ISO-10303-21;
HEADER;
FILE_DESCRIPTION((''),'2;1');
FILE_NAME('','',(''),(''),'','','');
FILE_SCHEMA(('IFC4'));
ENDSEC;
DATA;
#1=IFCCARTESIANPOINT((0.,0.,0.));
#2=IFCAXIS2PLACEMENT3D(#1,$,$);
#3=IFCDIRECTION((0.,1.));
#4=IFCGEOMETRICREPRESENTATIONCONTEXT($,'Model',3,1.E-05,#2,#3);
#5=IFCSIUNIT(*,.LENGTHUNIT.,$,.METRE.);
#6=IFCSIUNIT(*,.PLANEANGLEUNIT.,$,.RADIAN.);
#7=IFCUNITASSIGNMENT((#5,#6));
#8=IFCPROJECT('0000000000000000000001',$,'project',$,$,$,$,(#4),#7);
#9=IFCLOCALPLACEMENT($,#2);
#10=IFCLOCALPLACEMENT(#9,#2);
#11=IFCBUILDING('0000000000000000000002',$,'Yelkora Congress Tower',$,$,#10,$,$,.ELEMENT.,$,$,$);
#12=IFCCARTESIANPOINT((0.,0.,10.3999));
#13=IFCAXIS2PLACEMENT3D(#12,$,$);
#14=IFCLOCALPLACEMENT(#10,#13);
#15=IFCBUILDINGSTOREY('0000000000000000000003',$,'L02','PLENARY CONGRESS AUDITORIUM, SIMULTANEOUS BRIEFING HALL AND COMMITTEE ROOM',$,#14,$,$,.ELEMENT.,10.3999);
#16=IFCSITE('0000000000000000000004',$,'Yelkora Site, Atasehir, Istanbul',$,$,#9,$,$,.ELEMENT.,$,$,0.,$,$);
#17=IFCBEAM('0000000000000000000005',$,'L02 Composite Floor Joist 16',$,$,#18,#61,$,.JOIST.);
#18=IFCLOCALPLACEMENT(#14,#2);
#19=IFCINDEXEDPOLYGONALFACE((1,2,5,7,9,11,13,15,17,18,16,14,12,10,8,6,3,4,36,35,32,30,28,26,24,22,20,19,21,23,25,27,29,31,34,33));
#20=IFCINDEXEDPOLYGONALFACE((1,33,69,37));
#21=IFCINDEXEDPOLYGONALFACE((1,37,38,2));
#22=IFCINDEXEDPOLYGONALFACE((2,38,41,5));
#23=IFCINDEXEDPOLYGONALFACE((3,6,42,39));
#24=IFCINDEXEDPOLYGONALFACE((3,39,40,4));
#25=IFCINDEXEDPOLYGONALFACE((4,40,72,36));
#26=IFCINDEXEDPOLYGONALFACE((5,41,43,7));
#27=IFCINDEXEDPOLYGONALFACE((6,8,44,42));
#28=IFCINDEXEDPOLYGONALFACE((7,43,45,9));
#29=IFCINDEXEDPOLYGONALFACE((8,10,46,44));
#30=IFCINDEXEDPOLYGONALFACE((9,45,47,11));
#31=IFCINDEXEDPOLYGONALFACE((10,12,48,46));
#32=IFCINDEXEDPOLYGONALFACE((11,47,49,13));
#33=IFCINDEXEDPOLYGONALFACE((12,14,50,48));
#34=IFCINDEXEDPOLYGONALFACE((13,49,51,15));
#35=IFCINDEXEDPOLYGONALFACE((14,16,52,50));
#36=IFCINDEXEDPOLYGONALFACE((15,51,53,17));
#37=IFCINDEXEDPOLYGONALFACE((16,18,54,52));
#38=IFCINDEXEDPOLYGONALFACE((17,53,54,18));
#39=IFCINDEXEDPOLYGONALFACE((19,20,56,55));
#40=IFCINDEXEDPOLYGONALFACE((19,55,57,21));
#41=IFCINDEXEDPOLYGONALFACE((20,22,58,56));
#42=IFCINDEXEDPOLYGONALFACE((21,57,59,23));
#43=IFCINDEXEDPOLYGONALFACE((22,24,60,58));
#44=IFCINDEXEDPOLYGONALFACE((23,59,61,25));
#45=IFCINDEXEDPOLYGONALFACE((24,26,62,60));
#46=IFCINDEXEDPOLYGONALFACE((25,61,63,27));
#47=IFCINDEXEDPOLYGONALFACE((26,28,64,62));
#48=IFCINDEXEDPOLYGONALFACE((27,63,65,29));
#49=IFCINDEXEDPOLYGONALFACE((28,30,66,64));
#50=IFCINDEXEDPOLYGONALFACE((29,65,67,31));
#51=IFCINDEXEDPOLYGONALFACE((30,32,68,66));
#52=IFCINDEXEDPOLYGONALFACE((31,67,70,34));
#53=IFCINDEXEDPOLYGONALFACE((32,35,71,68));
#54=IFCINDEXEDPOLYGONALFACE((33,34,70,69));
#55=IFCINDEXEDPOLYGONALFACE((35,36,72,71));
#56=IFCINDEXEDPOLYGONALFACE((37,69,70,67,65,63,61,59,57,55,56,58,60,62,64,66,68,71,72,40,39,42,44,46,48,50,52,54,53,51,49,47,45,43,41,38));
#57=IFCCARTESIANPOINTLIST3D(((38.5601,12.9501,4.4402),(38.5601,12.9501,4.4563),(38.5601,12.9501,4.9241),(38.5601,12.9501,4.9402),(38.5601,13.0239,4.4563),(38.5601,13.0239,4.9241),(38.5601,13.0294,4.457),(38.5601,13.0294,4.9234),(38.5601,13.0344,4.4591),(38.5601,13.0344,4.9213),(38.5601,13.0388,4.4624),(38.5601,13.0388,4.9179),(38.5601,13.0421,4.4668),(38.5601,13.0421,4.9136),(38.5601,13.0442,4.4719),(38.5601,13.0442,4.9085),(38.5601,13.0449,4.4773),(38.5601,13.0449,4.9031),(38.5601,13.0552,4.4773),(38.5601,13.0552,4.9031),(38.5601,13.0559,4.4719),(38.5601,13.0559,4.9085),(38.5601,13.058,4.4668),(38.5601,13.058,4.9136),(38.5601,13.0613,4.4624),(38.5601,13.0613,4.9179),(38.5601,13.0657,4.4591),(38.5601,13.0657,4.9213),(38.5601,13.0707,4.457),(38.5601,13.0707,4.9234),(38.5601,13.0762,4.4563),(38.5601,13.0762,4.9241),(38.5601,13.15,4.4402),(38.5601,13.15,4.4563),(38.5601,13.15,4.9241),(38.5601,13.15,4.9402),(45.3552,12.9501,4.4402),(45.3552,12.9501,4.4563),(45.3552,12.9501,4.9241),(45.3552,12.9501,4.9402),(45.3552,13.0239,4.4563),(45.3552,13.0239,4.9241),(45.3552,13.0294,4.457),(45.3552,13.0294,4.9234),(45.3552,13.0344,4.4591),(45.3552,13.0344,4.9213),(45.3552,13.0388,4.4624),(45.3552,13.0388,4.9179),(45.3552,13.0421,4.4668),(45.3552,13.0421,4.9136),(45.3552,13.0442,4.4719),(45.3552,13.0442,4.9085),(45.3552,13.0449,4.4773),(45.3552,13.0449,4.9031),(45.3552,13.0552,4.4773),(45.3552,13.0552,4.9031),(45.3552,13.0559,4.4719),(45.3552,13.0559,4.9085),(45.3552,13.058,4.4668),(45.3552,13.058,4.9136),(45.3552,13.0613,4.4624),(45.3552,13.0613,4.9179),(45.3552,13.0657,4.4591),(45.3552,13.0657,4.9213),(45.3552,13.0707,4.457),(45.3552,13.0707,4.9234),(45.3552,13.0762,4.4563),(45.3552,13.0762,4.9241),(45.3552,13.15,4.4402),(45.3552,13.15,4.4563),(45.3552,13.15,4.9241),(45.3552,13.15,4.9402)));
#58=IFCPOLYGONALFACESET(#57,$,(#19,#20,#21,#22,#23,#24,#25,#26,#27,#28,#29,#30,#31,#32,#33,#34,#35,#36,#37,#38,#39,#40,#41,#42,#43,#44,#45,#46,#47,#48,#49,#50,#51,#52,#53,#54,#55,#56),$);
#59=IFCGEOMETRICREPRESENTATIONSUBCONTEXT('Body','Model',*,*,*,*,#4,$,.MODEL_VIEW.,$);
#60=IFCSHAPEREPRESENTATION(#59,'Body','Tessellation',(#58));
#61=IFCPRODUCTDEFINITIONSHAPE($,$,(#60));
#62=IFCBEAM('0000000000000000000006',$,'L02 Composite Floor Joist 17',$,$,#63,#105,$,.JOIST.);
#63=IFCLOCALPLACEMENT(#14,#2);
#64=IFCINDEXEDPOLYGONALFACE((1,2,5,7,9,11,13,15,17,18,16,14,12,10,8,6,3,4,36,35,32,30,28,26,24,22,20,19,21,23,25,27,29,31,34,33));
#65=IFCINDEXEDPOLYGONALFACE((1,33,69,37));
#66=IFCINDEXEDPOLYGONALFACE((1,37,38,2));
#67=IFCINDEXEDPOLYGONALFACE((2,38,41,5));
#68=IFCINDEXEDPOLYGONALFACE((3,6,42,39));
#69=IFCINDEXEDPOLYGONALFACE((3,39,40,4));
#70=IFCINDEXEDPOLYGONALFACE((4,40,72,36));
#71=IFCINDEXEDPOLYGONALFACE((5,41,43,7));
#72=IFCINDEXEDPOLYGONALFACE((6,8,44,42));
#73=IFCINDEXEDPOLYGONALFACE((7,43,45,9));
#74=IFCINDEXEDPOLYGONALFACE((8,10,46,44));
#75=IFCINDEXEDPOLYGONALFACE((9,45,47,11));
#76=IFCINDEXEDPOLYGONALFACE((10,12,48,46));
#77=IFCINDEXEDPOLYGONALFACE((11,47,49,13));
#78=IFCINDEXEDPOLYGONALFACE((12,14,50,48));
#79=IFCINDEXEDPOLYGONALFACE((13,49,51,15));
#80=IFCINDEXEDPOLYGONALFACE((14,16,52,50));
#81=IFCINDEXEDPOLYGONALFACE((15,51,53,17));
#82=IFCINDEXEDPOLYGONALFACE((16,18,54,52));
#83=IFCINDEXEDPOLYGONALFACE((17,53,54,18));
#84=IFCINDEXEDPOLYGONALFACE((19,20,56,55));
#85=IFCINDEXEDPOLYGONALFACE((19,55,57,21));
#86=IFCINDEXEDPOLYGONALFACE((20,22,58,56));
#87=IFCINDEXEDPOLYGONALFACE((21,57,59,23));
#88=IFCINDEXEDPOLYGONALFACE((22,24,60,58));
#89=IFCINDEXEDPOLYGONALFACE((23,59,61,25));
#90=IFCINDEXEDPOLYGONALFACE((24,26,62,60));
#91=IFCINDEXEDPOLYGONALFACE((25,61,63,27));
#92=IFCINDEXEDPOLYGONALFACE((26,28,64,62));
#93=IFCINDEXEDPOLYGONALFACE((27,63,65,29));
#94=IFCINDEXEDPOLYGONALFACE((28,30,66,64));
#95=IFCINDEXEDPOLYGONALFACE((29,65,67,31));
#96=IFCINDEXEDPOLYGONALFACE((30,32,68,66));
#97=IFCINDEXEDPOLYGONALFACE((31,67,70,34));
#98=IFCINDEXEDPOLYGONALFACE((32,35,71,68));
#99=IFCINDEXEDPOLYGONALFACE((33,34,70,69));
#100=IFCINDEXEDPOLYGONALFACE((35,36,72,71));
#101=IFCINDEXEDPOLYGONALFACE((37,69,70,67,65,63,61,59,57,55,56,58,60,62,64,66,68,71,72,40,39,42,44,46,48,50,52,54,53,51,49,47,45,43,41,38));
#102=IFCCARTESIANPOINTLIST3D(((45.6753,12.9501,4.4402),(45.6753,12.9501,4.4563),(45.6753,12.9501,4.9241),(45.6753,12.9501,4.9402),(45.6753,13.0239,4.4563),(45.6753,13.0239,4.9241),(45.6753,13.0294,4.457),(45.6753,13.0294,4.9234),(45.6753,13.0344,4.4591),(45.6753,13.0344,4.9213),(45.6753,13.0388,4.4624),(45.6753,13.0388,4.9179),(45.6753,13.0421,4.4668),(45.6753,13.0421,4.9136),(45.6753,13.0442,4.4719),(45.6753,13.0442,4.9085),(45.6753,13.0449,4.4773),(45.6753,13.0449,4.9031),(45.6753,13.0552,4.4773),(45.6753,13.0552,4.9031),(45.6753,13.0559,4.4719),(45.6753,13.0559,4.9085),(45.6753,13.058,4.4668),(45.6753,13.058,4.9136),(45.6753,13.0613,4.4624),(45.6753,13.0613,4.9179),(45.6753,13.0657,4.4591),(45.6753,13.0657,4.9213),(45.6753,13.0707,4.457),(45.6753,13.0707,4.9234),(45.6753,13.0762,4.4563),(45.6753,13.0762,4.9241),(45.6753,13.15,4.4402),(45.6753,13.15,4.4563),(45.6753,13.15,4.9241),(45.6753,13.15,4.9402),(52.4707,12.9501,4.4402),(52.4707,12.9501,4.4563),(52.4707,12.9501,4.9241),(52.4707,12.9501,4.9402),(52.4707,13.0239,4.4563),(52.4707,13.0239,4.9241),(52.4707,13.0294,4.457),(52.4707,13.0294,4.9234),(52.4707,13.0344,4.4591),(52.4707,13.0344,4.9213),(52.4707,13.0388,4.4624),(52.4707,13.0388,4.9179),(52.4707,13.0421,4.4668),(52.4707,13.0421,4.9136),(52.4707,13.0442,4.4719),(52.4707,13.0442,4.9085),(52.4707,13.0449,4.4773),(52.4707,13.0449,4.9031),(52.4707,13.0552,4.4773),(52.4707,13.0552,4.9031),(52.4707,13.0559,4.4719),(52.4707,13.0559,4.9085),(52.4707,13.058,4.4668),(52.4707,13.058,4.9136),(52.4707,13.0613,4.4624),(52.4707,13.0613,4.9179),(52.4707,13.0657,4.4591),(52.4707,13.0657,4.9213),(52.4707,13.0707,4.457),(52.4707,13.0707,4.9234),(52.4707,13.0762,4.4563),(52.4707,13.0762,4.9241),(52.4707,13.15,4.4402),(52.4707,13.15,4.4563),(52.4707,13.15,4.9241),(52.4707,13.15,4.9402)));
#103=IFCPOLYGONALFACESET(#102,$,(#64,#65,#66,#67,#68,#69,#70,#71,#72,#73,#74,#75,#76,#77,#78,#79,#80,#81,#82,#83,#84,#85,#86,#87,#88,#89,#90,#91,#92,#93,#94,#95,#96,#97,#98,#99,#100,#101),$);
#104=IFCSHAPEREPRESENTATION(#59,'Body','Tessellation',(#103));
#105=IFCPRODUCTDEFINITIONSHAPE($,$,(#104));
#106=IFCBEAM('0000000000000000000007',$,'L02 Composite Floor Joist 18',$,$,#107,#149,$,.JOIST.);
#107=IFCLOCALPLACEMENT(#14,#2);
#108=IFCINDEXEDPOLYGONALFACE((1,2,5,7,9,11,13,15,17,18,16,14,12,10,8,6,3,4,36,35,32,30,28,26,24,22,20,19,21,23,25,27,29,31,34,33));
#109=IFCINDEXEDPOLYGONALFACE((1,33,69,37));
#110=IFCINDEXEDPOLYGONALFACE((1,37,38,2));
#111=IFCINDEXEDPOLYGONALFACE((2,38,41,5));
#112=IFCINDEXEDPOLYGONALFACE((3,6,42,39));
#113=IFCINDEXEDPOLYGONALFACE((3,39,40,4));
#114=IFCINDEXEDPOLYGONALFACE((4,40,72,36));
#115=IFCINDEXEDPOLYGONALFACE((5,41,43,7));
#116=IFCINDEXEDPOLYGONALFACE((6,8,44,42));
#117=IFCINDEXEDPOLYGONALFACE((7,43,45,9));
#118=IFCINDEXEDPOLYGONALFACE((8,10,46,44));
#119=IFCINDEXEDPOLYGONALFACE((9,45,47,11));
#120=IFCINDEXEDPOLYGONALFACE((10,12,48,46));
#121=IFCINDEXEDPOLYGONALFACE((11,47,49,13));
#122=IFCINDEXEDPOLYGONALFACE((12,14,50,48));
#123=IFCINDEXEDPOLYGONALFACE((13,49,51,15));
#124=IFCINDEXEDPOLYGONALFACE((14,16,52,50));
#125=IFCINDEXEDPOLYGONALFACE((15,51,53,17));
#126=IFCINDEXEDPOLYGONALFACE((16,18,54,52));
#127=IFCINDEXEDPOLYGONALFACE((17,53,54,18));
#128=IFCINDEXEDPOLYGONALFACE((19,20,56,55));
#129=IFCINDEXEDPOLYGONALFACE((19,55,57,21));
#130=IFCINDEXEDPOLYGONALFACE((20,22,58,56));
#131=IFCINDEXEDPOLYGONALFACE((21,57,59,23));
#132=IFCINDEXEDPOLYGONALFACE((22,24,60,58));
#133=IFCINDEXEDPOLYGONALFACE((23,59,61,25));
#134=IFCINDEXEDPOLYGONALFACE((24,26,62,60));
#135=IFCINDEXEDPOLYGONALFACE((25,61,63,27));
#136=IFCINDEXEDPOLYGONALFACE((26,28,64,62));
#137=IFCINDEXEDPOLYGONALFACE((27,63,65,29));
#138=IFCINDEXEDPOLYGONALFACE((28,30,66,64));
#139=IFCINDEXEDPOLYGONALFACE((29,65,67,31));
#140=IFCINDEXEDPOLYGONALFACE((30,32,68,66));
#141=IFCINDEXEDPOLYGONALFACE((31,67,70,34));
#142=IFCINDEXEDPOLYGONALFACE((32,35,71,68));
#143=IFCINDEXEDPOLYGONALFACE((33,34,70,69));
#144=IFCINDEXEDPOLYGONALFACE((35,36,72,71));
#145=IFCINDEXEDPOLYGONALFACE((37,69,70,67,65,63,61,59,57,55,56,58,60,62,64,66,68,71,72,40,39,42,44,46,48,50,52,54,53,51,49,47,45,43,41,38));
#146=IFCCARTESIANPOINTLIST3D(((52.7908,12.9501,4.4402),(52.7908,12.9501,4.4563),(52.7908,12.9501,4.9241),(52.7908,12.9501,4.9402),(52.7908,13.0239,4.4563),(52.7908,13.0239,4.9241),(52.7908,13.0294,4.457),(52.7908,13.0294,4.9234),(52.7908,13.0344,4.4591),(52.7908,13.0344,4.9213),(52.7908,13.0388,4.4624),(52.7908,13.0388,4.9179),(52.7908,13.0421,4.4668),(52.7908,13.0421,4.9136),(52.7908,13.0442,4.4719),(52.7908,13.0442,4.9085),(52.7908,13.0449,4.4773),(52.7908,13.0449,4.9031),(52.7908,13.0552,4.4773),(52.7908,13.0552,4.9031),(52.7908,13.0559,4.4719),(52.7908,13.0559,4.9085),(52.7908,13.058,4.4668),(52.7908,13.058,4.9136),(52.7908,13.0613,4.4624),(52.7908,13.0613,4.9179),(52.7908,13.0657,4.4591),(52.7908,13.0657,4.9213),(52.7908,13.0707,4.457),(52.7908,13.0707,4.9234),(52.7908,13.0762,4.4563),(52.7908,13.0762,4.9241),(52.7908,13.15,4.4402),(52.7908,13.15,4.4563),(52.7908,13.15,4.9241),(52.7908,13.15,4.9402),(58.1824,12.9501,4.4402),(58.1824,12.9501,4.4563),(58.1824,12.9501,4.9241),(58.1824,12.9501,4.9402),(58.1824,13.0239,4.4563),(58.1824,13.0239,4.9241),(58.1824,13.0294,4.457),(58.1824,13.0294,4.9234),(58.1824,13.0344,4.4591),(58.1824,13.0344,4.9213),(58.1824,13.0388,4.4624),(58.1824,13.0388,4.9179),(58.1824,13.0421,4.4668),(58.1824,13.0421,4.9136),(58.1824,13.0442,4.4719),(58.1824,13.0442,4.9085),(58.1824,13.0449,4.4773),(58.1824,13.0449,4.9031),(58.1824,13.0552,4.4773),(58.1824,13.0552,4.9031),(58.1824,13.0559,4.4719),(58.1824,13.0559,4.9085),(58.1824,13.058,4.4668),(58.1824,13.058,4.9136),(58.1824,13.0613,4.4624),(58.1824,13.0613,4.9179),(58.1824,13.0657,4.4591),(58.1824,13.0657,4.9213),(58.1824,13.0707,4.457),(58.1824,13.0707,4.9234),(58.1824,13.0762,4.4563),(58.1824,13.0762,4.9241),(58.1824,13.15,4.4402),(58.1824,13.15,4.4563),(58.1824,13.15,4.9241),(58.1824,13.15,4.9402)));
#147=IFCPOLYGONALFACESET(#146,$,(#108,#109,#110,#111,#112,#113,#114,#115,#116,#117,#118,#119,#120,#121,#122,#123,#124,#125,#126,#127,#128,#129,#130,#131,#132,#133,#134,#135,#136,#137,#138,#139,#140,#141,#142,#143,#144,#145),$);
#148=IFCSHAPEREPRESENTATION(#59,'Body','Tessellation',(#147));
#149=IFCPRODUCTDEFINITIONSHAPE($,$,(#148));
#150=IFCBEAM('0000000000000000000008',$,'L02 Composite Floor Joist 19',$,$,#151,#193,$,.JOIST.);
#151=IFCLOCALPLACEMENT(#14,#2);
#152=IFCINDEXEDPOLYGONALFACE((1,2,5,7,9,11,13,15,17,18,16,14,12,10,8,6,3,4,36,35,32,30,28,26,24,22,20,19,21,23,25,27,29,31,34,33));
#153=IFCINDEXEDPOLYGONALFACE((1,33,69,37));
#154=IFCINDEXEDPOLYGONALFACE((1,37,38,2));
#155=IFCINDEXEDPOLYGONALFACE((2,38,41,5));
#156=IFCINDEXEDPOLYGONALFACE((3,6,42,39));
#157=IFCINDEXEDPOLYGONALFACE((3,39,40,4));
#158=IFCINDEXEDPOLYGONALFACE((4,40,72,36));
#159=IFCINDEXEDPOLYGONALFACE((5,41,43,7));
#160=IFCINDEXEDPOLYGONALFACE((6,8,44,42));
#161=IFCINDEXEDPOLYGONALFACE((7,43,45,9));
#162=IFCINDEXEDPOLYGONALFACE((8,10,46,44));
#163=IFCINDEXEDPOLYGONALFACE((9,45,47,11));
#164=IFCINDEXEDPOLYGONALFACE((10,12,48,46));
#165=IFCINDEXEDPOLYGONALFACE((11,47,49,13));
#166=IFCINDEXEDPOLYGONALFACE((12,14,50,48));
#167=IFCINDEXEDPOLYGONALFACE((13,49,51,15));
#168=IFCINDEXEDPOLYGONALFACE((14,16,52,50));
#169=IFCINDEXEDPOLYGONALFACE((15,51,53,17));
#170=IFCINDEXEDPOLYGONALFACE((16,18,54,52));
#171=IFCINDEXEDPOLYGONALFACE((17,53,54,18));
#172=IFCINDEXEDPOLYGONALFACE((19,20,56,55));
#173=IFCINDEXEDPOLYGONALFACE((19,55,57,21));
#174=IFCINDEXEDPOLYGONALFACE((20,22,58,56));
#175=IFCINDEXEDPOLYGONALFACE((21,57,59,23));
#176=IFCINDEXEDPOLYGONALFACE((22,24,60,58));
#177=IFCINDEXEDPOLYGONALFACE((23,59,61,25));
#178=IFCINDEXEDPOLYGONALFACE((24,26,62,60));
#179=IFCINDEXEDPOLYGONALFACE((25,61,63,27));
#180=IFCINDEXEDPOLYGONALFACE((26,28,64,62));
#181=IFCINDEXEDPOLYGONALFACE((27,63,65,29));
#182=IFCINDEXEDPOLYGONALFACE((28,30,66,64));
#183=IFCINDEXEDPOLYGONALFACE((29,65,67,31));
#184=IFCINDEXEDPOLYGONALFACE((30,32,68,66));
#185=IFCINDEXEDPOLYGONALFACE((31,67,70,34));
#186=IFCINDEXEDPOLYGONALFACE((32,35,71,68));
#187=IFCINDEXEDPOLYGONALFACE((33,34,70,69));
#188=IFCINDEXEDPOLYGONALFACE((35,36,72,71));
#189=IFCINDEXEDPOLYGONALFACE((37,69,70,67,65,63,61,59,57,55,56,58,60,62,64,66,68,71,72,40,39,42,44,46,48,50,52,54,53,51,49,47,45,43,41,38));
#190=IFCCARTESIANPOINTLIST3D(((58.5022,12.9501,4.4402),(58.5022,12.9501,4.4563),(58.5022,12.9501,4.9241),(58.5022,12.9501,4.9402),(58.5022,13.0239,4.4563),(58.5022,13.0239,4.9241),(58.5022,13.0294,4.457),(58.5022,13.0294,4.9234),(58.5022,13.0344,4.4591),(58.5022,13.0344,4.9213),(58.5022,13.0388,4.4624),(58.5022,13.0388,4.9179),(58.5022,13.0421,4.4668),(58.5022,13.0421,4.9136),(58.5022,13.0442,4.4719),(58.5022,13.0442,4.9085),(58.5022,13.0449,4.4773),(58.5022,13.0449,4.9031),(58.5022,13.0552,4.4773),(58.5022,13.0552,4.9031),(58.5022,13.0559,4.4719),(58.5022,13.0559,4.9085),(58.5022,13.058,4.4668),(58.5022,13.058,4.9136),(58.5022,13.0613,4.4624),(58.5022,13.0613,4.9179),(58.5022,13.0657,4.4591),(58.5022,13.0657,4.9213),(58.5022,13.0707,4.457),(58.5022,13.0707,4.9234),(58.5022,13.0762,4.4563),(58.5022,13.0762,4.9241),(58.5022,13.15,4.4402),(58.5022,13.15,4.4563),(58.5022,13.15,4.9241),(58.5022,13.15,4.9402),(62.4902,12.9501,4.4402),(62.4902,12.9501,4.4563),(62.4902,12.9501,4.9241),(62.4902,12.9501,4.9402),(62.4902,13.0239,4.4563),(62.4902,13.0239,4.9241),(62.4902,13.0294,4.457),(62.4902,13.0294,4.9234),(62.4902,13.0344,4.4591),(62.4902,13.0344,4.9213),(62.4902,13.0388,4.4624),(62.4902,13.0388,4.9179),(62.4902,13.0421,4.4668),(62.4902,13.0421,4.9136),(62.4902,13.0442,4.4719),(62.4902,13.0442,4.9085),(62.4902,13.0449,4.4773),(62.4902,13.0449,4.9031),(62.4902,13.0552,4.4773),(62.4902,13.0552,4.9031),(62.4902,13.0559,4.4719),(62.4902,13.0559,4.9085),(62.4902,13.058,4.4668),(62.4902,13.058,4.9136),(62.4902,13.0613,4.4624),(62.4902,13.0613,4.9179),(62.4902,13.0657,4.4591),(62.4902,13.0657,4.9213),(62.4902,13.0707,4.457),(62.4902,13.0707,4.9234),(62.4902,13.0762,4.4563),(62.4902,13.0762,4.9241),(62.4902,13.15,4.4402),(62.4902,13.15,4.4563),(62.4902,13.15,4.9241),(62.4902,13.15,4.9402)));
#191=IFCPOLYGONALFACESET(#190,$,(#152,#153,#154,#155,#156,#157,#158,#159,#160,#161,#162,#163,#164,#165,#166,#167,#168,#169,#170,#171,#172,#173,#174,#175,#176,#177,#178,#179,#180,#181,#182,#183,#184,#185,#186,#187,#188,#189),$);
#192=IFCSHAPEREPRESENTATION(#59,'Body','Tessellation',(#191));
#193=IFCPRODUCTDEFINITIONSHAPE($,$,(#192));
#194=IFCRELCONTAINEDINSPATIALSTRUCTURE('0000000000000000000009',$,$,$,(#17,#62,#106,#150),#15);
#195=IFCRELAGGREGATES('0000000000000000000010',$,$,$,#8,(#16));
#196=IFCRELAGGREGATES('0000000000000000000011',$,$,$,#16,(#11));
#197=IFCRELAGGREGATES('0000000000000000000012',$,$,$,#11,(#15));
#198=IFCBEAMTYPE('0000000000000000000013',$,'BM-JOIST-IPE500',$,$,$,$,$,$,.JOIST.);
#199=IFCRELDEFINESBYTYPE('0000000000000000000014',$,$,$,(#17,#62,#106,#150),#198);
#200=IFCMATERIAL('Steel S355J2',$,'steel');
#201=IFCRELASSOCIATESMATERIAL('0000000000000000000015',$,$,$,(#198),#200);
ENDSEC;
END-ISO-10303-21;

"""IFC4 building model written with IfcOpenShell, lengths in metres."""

from ifc_helpers import new_model, si_unit, direction, frame, origin, origin_2d, place, context, subcontext, project, spatial, i_section, extrude, material, material_profile, profile_set, type_object, element, save


model = new_model("IFC4")

# Units and contexts
model_context = context("Model", 3, precision=1e-05, world=origin(), true_north=direction((0.0, 1.0)))
body_context = subcontext(model_context, "Body", "Model", "MODEL_VIEW")
ifc_project = project(units=[si_unit("LENGTHUNIT", "METRE"), si_unit("PLANEANGLEUNIT", "RADIAN")], contexts=[model_context])

# Site, building, storey
site_placement = place(None, origin())
site = spatial("IfcSite", under=ifc_project, at=site_placement, Name="Yelkora Site, Atasehir, Istanbul", CompositionType="ELEMENT", RefElevation=0.0)
building_placement = place(site_placement, origin())
building = spatial("IfcBuilding", under=site, at=building_placement, Name="Yelkora Congress Tower", CompositionType="ELEMENT")
storey_placement = place(building_placement, frame((0.0, 0.0, 10.3999)))
storey = spatial("IfcBuildingStorey", under=building, at=storey_placement, Name="L02", Description="PLENARY CONGRESS AUDITORIUM, SIMULTANEOUS BRIEFING HALL AND COMMITTEE ROOM", CompositionType="ELEMENT", Elevation=10.3999)

# Beams
ifc_material_1 = material(Name="Steel S355J2", Category="steel")
ifc_material_profile_1 = material_profile(ifc_material_1, i_section(OverallWidth=0.2, OverallDepth=0.5, WebThickness=0.0103, FlangeThickness=0.0161, FilletRadius=0.021, at=origin_2d()), Name="IPE 500")
ifc_profile_set_1 = profile_set([ifc_material_profile_1], Name="Steel S355J2")
beam_type_1 = type_object("IfcBeamType", Name="BM-JOIST-IPE500", PredefinedType="JOIST", material=ifc_profile_set_1)
beam_1_placement = place(storey_placement, frame((38.5601, 13.05, 4.6902), z_axis=(1.0, 0.0, 0.0), x_axis=(0.0, 1.0, 0.0)))
element("IfcBeam", 1, at=beam_1_placement, inside=storey, type_object=beam_type_1, Name="L02 Composite Floor Joist 16", PredefinedType="JOIST", context=body_context, shape_type="SweptSolid", body=[
    extrude(i_section(OverallWidth=0.2, OverallDepth=0.5, WebThickness=0.0103, FlangeThickness=0.0161, FilletRadius=0.021, at=origin_2d()), origin(), (0.0, 0.0, 1.0), 6.7952),
])
beam_2_placement = place(storey_placement, frame((45.6753, 13.05, 4.6902), z_axis=(1.0, 0.0, 0.0), x_axis=(0.0, 1.0, 0.0)))
element("IfcBeam", 2, at=beam_2_placement, inside=storey, type_object=beam_type_1, Name="L02 Composite Floor Joist 17", PredefinedType="JOIST", context=body_context, shape_type="SweptSolid", body=[
    extrude(i_section(OverallWidth=0.2, OverallDepth=0.5, WebThickness=0.0103, FlangeThickness=0.0161, FilletRadius=0.021, at=origin_2d()), origin(), (0.0, 0.0, 1.0), 6.7954),
])
beam_3_placement = place(storey_placement, frame((52.7908, 13.05, 4.6902), z_axis=(1.0, 0.0, 0.0), x_axis=(0.0, 1.0, 0.0)))
element("IfcBeam", 3, at=beam_3_placement, inside=storey, type_object=beam_type_1, Name="L02 Composite Floor Joist 18", PredefinedType="JOIST", context=body_context, shape_type="SweptSolid", body=[
    extrude(i_section(OverallWidth=0.2, OverallDepth=0.5, WebThickness=0.0103, FlangeThickness=0.0161, FilletRadius=0.021, at=origin_2d()), origin(), (0.0, 0.0, 1.0), 5.3916),
])
beam_4_placement = place(storey_placement, frame((58.5022, 13.05, 4.6902), z_axis=(1.0, 0.0, 0.0), x_axis=(0.0, 1.0, 0.0)))
element("IfcBeam", 4, at=beam_4_placement, inside=storey, type_object=beam_type_1, Name="L02 Composite Floor Joist 19", PredefinedType="JOIST", context=body_context, shape_type="SweptSolid", body=[
    extrude(i_section(OverallWidth=0.2, OverallDepth=0.5, WebThickness=0.0103, FlangeThickness=0.0161, FilletRadius=0.021, at=origin_2d()), origin(), (0.0, 0.0, 1.0), 3.988),
])

save(model, "model.ifc")
